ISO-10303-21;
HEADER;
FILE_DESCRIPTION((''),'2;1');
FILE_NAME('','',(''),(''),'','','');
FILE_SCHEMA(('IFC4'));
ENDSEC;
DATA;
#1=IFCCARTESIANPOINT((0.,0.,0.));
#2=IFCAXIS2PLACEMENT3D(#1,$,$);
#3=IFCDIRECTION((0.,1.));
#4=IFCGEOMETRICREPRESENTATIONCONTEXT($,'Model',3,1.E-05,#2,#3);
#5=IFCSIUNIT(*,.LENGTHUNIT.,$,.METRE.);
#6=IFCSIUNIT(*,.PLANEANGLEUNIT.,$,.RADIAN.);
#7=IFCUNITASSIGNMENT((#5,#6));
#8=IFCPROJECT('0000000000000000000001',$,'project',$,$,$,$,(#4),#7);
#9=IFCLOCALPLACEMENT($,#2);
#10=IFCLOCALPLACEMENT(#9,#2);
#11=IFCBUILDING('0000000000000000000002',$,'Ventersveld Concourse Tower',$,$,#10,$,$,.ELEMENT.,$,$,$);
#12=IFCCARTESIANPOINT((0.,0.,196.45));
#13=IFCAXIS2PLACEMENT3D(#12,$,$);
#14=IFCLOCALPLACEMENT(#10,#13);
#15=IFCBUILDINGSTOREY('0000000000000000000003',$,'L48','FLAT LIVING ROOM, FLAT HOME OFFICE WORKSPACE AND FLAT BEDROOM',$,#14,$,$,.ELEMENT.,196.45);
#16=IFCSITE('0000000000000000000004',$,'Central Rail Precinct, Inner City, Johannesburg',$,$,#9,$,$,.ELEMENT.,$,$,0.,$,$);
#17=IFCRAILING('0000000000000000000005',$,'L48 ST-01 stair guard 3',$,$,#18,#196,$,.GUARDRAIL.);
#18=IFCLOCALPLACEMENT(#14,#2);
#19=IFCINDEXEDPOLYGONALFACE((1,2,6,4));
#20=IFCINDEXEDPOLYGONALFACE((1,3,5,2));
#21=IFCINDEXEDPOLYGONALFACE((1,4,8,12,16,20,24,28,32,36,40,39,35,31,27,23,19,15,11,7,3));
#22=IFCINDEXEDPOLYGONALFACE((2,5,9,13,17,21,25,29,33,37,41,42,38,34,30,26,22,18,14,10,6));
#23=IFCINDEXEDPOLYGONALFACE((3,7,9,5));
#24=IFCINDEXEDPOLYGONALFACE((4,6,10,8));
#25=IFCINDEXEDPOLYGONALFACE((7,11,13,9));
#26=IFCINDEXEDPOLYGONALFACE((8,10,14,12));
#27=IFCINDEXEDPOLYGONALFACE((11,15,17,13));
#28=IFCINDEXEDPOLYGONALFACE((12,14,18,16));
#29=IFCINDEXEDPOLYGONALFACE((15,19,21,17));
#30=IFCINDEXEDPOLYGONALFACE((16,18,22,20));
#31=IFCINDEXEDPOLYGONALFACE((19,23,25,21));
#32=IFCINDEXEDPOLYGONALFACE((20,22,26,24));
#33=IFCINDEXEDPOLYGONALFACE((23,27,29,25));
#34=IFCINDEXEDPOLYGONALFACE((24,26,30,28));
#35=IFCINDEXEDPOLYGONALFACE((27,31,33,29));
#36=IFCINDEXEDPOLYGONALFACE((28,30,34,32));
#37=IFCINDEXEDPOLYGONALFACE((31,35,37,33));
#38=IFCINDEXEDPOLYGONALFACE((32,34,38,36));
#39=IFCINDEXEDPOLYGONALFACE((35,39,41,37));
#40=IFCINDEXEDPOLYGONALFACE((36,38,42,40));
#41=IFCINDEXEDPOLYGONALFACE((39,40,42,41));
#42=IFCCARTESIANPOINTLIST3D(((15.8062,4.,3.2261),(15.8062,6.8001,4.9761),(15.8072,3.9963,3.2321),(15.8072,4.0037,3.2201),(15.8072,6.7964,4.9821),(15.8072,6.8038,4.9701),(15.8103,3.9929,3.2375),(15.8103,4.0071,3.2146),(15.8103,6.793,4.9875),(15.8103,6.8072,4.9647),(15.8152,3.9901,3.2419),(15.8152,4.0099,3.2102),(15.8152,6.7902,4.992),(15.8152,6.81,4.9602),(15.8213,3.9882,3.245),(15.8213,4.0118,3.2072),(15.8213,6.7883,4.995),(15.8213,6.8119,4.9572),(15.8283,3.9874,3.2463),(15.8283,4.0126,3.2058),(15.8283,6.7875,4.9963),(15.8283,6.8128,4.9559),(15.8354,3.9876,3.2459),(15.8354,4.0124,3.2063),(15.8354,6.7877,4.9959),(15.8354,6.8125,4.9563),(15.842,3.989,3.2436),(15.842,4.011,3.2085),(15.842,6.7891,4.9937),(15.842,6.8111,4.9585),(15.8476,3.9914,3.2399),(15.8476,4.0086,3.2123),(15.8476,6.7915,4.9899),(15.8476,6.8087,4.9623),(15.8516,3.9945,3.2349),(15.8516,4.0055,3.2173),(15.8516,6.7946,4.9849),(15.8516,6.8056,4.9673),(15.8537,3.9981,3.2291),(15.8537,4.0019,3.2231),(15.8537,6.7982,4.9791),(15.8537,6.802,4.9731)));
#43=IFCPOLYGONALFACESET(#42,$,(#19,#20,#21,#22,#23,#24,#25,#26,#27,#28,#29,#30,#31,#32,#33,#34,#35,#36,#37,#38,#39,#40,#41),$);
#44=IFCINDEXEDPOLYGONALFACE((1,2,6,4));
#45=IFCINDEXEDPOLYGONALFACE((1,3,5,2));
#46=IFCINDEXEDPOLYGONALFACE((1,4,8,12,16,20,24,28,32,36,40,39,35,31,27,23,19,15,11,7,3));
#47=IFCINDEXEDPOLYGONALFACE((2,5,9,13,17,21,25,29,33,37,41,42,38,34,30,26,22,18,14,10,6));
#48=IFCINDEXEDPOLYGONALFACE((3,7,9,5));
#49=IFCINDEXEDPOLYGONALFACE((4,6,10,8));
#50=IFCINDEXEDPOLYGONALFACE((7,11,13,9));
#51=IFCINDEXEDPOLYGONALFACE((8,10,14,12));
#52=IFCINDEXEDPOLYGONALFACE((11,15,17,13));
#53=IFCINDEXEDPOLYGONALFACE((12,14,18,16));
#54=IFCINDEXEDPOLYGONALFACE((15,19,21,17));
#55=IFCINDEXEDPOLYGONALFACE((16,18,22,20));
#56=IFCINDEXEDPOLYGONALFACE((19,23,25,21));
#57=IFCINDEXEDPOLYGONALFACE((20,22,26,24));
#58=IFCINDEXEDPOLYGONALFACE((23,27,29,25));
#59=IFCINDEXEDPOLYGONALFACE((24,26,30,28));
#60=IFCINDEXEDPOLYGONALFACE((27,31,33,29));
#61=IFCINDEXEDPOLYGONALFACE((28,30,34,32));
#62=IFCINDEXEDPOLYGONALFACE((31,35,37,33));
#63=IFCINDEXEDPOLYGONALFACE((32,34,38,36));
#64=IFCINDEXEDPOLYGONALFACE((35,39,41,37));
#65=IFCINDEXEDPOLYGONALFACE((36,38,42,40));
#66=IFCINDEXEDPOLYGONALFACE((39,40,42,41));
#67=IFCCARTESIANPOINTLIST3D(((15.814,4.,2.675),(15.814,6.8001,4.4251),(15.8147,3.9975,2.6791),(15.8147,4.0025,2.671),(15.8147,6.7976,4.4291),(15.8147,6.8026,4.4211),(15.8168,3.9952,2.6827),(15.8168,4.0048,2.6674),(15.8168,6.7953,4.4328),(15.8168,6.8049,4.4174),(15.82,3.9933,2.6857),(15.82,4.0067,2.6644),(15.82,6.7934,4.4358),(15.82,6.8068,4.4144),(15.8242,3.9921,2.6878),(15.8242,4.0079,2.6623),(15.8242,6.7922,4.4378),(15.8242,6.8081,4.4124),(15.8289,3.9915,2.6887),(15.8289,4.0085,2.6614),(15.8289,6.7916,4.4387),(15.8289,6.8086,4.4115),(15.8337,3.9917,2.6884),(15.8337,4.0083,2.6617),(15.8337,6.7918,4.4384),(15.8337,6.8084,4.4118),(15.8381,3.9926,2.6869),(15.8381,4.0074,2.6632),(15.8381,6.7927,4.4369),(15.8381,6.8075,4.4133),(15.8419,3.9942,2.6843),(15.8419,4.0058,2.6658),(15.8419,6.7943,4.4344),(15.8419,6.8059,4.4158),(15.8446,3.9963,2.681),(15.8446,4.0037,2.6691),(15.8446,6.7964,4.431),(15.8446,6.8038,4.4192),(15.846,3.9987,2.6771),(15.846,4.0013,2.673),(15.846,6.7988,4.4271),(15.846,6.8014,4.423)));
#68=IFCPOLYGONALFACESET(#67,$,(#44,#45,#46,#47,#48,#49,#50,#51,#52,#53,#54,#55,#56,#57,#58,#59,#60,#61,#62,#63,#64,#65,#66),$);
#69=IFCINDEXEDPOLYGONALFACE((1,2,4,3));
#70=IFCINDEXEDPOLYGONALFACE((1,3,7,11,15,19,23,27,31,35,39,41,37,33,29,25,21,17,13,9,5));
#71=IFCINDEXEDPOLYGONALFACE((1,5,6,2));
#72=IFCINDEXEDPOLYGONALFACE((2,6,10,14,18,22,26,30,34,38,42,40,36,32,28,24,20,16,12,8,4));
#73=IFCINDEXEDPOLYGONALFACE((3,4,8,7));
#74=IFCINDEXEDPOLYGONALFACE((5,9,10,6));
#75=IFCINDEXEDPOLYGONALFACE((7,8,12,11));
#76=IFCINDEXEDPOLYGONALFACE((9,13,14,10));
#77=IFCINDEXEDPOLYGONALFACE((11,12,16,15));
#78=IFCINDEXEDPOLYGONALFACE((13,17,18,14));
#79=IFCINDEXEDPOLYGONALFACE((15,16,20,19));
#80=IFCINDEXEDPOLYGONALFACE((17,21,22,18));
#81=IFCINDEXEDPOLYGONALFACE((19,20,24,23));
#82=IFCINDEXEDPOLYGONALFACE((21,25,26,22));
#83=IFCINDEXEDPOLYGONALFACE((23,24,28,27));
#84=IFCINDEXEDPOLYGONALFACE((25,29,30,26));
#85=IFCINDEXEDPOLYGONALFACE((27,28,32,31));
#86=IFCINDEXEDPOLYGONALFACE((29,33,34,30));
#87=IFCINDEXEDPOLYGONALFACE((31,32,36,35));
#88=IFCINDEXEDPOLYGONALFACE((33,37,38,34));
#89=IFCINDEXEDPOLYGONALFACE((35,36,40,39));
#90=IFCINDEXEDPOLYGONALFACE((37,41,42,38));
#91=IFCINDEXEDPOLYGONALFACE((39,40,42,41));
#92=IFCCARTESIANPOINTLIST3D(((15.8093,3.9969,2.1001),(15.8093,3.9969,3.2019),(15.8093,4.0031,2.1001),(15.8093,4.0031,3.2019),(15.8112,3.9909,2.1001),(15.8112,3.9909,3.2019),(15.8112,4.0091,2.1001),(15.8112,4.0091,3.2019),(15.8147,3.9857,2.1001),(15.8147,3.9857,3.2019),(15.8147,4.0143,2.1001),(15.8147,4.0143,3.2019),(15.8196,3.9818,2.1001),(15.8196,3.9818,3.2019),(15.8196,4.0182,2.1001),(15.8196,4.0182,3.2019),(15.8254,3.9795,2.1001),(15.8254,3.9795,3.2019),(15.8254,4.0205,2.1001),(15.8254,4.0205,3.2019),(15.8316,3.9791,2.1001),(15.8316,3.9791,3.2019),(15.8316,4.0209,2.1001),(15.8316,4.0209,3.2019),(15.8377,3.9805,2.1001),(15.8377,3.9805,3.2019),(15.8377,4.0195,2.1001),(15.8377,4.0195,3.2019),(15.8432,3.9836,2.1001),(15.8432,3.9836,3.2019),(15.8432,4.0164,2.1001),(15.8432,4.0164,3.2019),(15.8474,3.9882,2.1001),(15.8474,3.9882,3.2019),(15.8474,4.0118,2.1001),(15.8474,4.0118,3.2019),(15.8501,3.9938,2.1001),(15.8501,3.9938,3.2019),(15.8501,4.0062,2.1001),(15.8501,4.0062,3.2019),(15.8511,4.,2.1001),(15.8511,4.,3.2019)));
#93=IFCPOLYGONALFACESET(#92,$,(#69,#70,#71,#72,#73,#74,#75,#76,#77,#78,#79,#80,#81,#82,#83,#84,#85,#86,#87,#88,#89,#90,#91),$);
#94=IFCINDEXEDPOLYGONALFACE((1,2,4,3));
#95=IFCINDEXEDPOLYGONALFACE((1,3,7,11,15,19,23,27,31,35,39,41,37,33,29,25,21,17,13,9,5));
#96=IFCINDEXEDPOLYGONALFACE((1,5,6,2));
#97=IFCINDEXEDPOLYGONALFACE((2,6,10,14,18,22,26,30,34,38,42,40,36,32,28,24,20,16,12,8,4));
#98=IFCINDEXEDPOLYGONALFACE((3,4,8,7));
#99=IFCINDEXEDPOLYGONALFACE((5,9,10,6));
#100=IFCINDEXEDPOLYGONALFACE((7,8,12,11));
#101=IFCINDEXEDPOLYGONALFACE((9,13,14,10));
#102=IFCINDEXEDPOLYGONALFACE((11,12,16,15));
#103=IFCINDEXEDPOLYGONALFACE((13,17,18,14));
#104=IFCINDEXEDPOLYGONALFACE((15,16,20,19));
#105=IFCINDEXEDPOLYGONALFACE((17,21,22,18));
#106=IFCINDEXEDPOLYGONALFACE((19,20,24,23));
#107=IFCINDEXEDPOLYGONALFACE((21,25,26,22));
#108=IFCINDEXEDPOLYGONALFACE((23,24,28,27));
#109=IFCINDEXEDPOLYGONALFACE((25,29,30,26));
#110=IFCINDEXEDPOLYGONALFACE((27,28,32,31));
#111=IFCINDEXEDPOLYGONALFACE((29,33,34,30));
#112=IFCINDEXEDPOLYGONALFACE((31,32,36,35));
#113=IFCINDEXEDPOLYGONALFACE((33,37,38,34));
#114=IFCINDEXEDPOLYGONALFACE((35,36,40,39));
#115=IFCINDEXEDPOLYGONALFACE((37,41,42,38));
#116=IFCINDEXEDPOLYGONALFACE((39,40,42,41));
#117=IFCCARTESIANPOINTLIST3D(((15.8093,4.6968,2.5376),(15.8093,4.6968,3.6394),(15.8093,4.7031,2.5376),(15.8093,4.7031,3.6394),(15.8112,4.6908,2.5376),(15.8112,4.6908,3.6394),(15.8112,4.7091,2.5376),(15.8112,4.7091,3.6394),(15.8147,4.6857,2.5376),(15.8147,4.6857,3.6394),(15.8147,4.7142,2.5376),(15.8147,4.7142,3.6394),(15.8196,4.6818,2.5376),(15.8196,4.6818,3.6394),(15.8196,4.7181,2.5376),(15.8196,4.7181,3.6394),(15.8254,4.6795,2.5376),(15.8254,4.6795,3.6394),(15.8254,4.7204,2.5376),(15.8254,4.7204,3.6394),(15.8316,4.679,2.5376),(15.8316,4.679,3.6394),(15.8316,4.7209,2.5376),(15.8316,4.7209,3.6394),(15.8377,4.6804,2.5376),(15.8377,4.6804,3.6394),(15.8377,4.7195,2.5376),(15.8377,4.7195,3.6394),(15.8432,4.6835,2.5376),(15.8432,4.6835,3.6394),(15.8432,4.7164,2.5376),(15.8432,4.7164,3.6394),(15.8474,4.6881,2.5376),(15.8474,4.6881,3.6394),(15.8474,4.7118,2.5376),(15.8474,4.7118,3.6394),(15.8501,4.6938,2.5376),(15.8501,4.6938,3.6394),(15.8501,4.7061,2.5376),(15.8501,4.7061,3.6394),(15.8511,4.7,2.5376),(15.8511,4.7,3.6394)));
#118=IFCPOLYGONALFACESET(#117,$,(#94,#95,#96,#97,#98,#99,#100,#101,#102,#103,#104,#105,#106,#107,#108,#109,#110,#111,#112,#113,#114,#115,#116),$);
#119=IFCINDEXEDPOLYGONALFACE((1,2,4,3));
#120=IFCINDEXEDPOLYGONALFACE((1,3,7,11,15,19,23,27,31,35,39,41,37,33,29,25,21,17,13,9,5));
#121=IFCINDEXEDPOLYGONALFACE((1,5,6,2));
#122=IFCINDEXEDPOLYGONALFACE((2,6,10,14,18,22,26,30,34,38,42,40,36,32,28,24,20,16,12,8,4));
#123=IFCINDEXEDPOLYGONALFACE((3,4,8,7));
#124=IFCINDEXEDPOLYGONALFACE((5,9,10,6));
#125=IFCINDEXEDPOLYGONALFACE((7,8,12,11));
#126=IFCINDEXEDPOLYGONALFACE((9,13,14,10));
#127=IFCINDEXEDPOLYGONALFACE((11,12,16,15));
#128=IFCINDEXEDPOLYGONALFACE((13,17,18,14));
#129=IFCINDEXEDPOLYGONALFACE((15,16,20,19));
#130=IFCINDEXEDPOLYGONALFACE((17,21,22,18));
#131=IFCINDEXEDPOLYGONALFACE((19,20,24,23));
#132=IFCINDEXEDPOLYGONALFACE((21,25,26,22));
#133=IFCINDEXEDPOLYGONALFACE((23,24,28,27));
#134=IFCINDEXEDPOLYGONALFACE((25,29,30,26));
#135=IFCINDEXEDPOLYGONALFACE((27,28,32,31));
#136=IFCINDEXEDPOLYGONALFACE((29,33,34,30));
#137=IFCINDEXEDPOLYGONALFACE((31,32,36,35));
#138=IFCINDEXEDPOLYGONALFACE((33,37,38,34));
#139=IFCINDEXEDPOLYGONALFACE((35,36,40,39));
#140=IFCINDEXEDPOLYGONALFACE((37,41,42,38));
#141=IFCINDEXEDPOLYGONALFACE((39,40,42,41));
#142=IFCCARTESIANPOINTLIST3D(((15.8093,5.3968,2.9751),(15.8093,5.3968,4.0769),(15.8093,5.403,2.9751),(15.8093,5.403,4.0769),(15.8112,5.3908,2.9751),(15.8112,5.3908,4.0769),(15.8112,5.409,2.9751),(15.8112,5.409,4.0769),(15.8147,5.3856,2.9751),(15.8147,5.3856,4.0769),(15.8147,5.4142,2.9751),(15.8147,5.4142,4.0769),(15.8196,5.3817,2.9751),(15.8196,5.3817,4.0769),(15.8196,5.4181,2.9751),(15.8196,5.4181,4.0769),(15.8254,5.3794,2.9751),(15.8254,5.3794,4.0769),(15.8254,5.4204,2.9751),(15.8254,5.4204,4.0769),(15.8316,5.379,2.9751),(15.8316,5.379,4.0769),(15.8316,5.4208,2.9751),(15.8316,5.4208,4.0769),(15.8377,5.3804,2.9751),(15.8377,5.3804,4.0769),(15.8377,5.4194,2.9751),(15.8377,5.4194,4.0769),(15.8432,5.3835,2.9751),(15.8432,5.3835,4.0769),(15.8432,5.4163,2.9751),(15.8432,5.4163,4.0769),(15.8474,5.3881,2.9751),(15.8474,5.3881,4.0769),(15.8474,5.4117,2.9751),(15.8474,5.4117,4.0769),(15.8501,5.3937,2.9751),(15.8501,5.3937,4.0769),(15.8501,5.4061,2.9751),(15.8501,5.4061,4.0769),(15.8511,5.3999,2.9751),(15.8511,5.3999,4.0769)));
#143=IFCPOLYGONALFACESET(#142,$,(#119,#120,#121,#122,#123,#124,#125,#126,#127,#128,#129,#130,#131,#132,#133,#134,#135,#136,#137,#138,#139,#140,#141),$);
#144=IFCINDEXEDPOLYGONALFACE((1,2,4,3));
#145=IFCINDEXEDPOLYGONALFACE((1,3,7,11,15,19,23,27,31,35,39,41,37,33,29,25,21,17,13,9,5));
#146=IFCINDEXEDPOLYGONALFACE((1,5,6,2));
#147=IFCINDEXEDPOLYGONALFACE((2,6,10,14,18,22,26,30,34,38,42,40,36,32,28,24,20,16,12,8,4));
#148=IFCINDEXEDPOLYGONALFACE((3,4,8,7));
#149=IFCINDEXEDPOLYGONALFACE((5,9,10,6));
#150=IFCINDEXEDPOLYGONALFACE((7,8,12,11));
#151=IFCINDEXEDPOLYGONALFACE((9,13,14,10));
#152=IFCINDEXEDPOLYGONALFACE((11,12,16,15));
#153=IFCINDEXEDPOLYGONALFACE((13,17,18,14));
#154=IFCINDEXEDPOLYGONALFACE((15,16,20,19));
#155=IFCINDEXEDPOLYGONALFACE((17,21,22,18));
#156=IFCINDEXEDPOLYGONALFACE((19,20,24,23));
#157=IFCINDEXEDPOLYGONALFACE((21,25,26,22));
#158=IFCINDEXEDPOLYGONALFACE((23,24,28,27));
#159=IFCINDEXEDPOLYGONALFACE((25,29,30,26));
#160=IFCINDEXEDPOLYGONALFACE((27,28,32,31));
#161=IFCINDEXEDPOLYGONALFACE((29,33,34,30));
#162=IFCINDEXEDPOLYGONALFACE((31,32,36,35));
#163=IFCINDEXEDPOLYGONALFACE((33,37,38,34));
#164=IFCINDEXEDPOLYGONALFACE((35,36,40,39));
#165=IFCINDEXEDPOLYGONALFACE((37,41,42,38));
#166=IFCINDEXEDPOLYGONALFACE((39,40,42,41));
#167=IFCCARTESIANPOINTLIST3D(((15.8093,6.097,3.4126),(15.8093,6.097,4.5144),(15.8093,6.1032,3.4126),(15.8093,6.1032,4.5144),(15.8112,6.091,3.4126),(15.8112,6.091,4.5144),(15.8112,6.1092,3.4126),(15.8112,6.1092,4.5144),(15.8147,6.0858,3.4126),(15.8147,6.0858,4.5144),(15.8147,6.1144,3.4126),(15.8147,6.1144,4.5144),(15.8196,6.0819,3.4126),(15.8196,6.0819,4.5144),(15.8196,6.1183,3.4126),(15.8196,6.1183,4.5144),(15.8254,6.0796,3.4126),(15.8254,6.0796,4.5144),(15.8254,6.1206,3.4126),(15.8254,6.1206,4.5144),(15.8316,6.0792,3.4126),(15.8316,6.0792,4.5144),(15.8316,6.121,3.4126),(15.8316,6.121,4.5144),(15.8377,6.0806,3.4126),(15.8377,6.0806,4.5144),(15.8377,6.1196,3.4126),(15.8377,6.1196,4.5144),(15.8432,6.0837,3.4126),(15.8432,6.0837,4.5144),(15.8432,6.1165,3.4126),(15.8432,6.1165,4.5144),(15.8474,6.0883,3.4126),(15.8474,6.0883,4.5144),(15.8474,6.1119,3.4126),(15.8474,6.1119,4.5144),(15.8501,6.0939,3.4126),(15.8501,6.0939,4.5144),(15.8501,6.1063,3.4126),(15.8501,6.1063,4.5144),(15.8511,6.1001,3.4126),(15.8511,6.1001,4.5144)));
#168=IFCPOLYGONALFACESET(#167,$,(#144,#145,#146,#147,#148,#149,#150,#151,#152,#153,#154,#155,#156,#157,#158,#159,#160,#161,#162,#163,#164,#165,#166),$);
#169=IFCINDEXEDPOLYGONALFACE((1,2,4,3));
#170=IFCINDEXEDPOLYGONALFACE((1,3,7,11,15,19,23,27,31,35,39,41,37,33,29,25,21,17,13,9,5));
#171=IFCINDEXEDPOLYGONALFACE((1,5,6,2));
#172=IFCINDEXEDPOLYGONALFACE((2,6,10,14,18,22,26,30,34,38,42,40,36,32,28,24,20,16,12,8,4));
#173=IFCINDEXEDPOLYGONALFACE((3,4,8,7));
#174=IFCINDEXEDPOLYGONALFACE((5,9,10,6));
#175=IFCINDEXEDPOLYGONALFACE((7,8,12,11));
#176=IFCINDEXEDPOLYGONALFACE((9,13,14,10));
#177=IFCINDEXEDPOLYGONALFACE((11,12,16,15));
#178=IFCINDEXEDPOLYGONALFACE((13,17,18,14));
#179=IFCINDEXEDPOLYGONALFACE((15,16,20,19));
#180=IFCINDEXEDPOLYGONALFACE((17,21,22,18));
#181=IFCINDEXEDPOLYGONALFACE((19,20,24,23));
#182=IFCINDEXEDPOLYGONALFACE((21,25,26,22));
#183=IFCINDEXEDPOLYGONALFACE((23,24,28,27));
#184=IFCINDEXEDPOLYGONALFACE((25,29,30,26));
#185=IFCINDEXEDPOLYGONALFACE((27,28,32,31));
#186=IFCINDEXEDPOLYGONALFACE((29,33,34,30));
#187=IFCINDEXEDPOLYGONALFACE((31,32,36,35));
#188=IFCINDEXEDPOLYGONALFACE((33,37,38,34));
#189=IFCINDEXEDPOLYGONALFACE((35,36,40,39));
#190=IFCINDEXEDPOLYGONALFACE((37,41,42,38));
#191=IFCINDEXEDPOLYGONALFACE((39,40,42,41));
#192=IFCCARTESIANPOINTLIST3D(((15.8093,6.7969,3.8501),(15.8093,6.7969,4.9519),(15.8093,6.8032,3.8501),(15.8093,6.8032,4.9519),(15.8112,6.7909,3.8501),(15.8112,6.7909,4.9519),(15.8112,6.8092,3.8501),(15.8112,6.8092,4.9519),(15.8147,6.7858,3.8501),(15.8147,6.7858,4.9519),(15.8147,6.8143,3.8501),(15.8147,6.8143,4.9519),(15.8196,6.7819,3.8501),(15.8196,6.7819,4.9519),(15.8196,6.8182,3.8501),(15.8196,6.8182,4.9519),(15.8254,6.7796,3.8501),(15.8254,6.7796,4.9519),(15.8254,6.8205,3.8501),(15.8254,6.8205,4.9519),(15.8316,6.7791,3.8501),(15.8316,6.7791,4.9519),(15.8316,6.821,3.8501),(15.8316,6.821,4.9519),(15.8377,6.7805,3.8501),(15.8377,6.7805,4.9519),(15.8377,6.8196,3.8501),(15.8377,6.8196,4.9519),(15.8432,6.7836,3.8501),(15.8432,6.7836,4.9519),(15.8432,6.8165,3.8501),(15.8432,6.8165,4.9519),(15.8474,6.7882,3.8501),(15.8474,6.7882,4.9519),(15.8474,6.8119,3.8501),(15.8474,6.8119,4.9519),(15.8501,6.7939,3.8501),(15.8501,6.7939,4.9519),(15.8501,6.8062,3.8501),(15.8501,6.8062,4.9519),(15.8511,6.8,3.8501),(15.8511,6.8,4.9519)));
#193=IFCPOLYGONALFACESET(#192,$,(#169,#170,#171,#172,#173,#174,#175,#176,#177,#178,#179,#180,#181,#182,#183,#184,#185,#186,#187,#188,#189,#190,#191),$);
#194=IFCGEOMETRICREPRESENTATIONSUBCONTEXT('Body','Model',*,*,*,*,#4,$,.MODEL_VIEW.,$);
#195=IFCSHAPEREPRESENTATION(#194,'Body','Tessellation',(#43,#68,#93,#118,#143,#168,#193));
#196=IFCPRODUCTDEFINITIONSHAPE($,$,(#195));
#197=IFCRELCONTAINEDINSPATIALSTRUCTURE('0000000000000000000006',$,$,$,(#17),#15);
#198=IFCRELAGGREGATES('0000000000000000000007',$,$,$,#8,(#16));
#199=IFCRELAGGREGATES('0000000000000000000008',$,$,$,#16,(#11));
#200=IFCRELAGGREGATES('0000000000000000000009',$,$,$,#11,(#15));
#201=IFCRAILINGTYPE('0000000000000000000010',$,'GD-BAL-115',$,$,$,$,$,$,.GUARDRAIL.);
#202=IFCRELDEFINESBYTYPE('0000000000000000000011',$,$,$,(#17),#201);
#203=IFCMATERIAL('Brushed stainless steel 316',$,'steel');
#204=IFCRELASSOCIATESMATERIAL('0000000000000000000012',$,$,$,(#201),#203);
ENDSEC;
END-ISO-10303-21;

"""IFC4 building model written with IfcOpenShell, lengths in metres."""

from ifc_helpers import new_model, si_unit, direction, frame, origin, origin_2d, place, context, subcontext, project, spatial, circle, extrude, material, type_object, element, save


model = new_model("IFC4")

# Units and contexts
model_context = context("Model", 3, precision=1e-05, world=origin(), true_north=direction((0.0, 1.0)))
body_context = subcontext(model_context, "Body", "Model", "MODEL_VIEW")
ifc_project = project(units=[si_unit("LENGTHUNIT", "METRE"), si_unit("PLANEANGLEUNIT", "RADIAN")], contexts=[model_context])

# Site, building, storey
site_placement = place(None, origin())
site = spatial("IfcSite", under=ifc_project, at=site_placement, Name="Central Rail Precinct, Inner City, Johannesburg", CompositionType="ELEMENT", RefElevation=0.0)
building_placement = place(site_placement, origin())
building = spatial("IfcBuilding", under=site, at=building_placement, Name="Ventersveld Concourse Tower", CompositionType="ELEMENT")
storey_placement = place(building_placement, frame((0.0, 0.0, 196.45)))
storey = spatial("IfcBuildingStorey", under=building, at=storey_placement, Name="L48", Description="FLAT LIVING ROOM, FLAT HOME OFFICE WORKSPACE AND FLAT BEDROOM", CompositionType="ELEMENT", Elevation=196.45)

# Railing
ifc_material_1 = material(Name="Brushed stainless steel 316", Category="steel")
railing_type_1 = type_object("IfcRailingType", Name="GD-BAL-115", PredefinedType="GUARDRAIL", material=ifc_material_1)
railing_1_placement = place(storey_placement, frame((15.8301, 4.0, 2.1001)))
element("IfcRailing", 1, at=railing_1_placement, inside=storey, type_object=railing_type_1, Name="L48 ST-01 stair guard 3", PredefinedType="GUARDRAIL", context=body_context, shape_type="SweptSolid", body=[
    extrude(circle(Radius=0.0239, at=origin_2d()), frame((0.0, 0.0, 1.126), z_axis=(0.0, 0.848002, 0.529992), x_axis=(-1.0, 0.0, 0.0)), (0.0, 0.0, 1.0), 3.302),
    extrude(circle(Radius=0.0161, at=origin_2d()), frame((0.0, 0.0, 0.575), z_axis=(0.0, 0.848002, 0.529992), x_axis=(-1.0, 0.0, 0.0)), (0.0, 0.0, 1.0), 3.302),
    extrude(circle(Radius=0.021, at=origin_2d()), origin(), (0.0, 0.0, 1.0), 1.1018),
    extrude(circle(Radius=0.021, at=origin_2d()), frame((0.0, 0.7, 0.4375)), (0.0, 0.0, 1.0), 1.1018),
    extrude(circle(Radius=0.021, at=origin_2d()), frame((0.0, 1.3999, 0.875)), (0.0, 0.0, 1.0), 1.1018),
    extrude(circle(Radius=0.021, at=origin_2d()), frame((0.0, 2.1001, 1.3125)), (0.0, 0.0, 1.0), 1.1018),
    extrude(circle(Radius=0.021, at=origin_2d()), frame((0.0, 2.8, 1.75)), (0.0, 0.0, 1.0), 1.1018),
])

save(model, "model.ifc")
